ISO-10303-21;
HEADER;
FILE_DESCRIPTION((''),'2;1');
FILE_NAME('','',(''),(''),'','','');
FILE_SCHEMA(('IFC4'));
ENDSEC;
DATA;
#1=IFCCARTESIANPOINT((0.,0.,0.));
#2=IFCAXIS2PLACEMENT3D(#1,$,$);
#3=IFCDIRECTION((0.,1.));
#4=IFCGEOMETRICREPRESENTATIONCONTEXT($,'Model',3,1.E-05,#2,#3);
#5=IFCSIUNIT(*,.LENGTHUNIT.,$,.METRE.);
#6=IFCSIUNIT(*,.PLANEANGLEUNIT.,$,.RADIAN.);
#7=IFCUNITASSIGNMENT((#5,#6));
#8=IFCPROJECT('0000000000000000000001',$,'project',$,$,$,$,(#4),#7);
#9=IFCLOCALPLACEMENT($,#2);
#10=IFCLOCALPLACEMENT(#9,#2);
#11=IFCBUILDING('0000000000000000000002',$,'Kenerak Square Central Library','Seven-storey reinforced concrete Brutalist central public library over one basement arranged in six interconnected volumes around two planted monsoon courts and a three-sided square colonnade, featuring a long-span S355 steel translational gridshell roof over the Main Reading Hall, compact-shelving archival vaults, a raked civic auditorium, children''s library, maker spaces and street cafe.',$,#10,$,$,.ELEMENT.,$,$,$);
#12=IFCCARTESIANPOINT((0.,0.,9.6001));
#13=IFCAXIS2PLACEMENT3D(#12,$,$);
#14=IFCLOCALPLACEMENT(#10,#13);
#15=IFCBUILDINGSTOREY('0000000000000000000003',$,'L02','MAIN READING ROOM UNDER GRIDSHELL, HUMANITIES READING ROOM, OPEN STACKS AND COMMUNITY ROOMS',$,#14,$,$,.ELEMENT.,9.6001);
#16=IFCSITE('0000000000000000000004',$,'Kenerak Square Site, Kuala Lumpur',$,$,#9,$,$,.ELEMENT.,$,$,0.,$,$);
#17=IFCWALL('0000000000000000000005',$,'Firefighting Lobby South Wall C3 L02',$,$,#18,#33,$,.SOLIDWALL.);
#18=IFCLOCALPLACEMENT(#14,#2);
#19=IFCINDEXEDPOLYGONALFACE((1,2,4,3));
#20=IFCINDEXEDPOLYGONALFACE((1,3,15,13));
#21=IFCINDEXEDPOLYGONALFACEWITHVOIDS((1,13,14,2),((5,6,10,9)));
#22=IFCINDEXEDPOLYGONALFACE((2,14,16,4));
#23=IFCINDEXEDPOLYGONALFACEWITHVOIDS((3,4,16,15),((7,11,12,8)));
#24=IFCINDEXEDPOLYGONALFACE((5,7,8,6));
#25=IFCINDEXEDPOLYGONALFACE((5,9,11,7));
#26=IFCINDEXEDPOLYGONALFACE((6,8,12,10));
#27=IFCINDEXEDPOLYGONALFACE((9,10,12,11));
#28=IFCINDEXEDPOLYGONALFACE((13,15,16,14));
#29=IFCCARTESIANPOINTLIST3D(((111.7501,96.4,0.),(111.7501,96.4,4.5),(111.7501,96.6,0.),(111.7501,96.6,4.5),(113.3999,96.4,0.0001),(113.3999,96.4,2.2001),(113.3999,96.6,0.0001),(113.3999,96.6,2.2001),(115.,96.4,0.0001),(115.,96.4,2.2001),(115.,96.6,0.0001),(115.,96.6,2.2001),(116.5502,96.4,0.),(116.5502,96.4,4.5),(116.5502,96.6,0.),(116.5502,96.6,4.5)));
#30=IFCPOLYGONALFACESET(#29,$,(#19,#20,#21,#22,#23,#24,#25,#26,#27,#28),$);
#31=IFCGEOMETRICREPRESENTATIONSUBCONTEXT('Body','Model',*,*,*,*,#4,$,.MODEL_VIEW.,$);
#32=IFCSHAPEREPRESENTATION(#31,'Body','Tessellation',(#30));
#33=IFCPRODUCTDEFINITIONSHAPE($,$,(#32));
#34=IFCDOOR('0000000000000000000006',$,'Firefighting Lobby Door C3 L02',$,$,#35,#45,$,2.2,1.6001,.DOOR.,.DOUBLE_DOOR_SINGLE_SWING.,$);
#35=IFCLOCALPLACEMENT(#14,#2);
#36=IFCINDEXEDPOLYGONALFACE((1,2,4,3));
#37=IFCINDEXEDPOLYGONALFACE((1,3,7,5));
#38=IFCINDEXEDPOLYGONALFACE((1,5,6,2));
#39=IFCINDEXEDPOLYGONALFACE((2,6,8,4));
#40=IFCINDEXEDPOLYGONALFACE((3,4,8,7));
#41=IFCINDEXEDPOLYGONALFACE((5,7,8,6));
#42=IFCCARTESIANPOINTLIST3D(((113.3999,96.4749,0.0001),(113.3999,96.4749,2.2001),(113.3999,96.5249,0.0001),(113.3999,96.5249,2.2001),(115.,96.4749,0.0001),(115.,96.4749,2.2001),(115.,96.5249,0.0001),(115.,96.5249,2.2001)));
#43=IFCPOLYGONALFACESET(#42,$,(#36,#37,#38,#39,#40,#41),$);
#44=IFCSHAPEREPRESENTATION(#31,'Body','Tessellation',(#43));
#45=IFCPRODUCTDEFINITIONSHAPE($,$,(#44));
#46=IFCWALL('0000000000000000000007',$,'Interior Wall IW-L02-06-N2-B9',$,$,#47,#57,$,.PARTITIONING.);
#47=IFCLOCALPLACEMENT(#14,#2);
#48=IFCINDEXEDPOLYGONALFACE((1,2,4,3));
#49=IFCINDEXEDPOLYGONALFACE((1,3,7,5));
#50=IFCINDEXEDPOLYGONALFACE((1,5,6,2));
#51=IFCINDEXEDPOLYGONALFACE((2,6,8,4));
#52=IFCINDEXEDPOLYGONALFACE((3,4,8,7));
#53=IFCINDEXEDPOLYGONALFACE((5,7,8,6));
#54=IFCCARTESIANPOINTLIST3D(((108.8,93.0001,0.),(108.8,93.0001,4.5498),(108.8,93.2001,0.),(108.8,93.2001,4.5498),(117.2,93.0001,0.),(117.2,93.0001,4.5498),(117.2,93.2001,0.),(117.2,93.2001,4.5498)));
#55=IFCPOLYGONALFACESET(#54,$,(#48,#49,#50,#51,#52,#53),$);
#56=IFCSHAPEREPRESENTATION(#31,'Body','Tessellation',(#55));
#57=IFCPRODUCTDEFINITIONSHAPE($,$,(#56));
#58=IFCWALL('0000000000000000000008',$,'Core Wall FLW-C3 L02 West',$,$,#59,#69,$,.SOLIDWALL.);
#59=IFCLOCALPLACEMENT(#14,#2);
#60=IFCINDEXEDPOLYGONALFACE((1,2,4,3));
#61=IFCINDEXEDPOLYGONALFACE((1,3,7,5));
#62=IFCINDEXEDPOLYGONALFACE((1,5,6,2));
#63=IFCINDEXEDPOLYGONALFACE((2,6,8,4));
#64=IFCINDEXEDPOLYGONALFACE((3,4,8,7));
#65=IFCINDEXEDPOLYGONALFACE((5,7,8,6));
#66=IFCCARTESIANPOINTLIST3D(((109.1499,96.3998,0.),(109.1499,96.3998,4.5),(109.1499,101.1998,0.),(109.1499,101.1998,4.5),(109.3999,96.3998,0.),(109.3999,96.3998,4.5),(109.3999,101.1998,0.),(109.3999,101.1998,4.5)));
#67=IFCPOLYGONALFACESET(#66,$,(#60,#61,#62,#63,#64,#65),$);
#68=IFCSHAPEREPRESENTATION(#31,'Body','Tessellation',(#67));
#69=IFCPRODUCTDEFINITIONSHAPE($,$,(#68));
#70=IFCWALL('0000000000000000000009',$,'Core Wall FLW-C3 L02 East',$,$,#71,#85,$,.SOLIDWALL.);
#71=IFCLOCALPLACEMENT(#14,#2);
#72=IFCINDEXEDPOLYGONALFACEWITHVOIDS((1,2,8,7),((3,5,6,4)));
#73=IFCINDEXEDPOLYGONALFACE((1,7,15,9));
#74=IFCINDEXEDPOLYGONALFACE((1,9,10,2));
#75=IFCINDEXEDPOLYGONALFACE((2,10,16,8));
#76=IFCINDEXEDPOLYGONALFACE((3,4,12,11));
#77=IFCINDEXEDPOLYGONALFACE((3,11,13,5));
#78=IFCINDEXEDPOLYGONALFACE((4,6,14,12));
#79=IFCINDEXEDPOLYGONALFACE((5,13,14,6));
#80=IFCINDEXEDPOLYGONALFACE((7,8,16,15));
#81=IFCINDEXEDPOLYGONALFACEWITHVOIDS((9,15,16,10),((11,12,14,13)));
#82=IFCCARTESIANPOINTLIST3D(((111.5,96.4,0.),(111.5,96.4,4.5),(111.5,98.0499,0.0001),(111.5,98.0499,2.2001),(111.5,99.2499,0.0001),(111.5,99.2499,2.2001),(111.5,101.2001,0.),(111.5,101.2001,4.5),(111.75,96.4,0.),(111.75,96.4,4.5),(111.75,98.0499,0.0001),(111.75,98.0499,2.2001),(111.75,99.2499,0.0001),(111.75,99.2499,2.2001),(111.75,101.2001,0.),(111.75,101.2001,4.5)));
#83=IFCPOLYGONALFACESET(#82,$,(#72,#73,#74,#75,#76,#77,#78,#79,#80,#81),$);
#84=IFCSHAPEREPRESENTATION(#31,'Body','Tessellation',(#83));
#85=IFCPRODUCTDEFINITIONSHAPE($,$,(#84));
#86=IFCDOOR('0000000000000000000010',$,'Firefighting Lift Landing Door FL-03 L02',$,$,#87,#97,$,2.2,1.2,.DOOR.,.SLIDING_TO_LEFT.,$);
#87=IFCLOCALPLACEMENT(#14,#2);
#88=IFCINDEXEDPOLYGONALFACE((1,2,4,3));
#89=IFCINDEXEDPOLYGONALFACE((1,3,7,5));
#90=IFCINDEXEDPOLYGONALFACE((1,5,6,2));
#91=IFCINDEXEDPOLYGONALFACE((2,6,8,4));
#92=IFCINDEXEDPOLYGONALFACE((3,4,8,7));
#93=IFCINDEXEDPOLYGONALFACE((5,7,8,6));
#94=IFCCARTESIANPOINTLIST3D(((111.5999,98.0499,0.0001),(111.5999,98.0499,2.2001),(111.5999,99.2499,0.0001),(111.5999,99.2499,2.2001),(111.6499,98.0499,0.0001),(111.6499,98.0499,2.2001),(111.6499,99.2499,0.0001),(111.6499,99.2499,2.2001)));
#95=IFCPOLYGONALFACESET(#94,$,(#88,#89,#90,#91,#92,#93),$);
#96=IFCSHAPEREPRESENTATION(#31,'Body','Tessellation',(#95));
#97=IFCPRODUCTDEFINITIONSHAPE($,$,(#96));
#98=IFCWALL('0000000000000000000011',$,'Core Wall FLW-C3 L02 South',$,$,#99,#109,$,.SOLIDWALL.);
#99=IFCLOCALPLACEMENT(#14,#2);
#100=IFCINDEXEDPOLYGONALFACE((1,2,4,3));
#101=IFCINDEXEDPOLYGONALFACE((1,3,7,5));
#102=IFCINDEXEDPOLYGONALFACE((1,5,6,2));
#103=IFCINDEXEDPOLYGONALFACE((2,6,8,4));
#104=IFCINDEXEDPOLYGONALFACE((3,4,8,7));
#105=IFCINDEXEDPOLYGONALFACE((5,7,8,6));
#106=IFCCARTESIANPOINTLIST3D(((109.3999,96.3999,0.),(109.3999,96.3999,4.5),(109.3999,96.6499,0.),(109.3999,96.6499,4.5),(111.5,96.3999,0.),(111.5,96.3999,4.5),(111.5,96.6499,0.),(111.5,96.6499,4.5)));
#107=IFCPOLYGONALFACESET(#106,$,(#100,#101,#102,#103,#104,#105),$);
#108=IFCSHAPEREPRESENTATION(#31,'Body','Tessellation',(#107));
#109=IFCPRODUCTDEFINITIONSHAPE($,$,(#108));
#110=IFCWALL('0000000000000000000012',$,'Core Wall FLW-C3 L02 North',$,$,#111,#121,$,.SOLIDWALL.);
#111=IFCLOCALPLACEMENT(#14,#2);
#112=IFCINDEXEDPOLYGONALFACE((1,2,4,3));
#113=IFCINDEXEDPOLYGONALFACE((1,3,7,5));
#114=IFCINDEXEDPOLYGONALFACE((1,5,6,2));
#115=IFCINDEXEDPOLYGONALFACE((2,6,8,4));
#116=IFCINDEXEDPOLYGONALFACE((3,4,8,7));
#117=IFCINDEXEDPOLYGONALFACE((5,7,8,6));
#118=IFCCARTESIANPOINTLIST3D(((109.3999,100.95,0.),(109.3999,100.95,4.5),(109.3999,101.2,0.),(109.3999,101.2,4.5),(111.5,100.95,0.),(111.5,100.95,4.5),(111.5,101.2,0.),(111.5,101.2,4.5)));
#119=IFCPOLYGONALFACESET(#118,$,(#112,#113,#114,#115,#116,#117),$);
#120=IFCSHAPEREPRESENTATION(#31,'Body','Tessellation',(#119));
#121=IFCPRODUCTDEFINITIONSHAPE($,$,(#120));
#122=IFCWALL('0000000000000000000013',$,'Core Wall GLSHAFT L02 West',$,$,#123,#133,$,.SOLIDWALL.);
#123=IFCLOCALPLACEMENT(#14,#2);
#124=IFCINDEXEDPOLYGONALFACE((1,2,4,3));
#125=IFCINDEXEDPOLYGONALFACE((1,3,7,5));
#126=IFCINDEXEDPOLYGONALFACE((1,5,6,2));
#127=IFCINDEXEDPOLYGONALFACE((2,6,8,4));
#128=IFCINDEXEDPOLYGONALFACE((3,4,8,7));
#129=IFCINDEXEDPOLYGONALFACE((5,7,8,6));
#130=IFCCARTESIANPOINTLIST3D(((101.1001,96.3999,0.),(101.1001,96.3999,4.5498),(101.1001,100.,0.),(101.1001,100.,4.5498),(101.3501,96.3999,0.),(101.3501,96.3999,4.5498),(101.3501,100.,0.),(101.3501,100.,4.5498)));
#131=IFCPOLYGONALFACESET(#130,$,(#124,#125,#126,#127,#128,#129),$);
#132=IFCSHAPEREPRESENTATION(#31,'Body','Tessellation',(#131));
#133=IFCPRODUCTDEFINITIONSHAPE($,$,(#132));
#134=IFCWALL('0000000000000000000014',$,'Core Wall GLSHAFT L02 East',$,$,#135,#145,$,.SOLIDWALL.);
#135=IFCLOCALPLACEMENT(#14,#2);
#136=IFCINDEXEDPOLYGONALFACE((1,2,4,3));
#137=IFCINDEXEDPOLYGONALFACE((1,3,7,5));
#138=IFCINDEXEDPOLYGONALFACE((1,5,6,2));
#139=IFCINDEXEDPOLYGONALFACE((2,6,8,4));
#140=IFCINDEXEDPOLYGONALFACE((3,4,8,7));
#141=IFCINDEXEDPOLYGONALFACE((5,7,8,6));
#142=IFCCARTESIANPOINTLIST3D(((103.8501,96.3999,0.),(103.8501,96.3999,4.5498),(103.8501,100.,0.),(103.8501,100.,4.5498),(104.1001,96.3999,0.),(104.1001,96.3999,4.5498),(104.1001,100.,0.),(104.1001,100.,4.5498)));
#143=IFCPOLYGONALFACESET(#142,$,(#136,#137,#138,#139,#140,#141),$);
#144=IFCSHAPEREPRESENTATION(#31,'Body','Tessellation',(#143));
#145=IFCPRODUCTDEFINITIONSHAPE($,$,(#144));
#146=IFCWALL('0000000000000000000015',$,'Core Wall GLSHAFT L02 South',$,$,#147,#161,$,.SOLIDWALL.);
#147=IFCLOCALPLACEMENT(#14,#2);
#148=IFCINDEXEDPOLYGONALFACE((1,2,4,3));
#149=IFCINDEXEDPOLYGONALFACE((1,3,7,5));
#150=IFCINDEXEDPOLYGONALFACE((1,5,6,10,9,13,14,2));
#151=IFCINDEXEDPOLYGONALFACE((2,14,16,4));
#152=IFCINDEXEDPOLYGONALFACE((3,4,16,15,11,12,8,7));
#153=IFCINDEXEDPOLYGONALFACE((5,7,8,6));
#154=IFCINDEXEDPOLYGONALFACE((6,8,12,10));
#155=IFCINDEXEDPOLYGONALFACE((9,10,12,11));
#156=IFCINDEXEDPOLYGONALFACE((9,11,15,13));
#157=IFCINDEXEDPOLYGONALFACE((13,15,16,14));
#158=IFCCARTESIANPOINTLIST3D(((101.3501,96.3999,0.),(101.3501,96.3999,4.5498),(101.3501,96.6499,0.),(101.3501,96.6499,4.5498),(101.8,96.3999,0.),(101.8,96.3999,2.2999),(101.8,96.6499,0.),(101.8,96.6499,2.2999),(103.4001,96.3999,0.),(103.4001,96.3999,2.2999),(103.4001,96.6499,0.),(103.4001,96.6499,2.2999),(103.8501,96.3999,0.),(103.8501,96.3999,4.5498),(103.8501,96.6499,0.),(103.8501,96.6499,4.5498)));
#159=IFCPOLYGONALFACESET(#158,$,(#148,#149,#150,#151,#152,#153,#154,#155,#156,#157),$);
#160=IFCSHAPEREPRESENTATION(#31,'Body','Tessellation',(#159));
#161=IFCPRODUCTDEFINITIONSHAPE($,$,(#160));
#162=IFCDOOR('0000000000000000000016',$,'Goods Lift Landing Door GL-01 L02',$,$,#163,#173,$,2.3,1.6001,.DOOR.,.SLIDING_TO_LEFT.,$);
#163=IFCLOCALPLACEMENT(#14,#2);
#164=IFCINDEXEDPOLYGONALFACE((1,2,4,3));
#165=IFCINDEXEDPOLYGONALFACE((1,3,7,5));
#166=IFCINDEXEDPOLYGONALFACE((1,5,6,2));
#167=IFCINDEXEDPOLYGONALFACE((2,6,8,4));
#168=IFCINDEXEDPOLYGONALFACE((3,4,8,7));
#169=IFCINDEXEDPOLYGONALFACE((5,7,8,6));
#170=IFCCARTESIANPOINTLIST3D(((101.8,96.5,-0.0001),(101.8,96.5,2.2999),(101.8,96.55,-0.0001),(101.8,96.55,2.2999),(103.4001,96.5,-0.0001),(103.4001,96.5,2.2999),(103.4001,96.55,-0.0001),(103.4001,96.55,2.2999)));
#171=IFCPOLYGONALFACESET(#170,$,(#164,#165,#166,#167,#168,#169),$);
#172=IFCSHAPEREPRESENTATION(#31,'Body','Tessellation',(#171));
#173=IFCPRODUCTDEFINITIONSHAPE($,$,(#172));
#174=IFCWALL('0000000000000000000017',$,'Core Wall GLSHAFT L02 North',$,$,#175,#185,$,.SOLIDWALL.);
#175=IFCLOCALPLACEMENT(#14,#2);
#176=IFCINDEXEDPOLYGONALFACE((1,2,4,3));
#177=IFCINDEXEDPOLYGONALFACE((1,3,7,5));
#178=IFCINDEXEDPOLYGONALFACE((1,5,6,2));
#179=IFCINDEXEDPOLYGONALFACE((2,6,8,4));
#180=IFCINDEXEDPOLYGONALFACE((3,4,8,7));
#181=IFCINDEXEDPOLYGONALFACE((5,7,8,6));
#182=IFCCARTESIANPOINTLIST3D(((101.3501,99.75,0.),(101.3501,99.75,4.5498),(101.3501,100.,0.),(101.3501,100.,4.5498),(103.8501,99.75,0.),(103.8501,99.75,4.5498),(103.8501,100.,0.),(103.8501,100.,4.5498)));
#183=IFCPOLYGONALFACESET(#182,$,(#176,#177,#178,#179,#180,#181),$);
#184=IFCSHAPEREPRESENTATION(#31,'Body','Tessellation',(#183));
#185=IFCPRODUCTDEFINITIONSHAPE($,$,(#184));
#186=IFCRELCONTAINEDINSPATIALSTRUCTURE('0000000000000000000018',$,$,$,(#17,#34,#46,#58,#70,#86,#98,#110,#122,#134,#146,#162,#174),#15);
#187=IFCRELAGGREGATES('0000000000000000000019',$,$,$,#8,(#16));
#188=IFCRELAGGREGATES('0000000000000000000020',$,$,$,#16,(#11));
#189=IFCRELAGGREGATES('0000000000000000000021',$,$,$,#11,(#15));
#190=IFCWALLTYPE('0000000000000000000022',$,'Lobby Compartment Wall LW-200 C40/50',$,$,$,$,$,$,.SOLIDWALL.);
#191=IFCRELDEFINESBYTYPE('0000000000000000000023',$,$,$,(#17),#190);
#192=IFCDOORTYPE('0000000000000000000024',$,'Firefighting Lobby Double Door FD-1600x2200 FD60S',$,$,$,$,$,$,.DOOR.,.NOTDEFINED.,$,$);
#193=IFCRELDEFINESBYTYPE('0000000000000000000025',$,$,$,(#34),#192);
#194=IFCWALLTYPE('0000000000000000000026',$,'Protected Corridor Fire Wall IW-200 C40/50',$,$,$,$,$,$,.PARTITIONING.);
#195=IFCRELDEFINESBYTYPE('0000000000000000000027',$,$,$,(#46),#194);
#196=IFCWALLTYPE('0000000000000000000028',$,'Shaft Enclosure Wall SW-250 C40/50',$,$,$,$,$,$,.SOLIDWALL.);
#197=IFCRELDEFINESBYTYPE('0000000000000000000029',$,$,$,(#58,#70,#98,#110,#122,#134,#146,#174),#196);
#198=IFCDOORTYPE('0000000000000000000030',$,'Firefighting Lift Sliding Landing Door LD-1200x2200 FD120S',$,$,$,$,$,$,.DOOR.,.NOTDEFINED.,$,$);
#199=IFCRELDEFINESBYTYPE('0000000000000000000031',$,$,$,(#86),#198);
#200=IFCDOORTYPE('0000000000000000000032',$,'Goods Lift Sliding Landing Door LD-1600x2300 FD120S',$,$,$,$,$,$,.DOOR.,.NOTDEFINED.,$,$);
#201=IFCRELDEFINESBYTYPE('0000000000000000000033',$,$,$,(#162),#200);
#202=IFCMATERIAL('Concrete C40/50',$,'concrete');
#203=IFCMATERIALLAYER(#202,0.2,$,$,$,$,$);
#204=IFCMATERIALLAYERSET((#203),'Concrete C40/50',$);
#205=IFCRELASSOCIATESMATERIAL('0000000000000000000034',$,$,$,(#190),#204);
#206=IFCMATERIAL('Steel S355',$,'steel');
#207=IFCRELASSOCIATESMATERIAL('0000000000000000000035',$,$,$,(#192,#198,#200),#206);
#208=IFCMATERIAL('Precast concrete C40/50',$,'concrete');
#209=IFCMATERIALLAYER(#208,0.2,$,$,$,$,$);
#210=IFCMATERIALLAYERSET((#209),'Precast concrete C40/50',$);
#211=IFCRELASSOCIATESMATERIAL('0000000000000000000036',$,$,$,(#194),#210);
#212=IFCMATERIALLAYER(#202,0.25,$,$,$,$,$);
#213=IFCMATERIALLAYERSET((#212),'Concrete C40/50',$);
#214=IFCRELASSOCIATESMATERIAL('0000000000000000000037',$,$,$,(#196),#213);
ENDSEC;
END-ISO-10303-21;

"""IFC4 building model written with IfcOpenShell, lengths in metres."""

from ifc_helpers import new_model, si_unit, direction, frame, frame_2d, origin, place, context, subcontext, project, spatial, rectangle, extrude, material, layer, layer_set, type_object, element, fill, save


model = new_model("IFC4")

# Units and contexts
model_context = context("Model", 3, precision=1e-05, world=origin(), true_north=direction((0.0, 1.0)))
body_context = subcontext(model_context, "Body", "Model", "MODEL_VIEW")
ifc_project = project(units=[si_unit("LENGTHUNIT", "METRE"), si_unit("PLANEANGLEUNIT", "RADIAN")], contexts=[model_context])

# Site, building, storey
site_placement = place(None, origin())
site = spatial("IfcSite", under=ifc_project, at=site_placement, Name="Kenerak Square Site, Kuala Lumpur", CompositionType="ELEMENT", RefElevation=0.0)
building_placement = place(site_placement, origin())
building = spatial("IfcBuilding", under=site, at=building_placement, Name="Kenerak Square Central Library", Description="Seven-storey reinforced concrete Brutalist central public library over one basement arranged in six interconnected volumes around two planted monsoon courts and a three-sided square colonnade, featuring a long-span S355 steel translational gridshell roof over the Main Reading Hall, compact-shelving archival vaults, a raked civic auditorium, children's library, maker spaces and street cafe.", CompositionType="ELEMENT")
storey_placement = place(building_placement, frame((0.0, 0.0, 9.6001)))
storey = spatial("IfcBuildingStorey", under=building, at=storey_placement, Name="L02", Description="MAIN READING ROOM UNDER GRIDSHELL, HUMANITIES READING ROOM, OPEN STACKS AND COMMUNITY ROOMS", CompositionType="ELEMENT", Elevation=9.6001)

# Shared definitions
ifc_material_1 = material(Name="Concrete C40/50", Category="concrete")

# Shared definitions
ifc_material_2 = material(Name="Steel S355", Category="steel")

# Shared definitions
ifc_layer_1 = layer(ifc_material_1, 0.2)
ifc_layer_set_1 = layer_set([ifc_layer_1], Name="Concrete C40/50")
wall_type_1 = type_object("IfcWallType", Name="Lobby Compartment Wall LW-200 C40/50", PredefinedType="SOLIDWALL", material=ifc_layer_set_1)

# Wall, opening, door
wall_1_placement = place(storey_placement, frame((116.55, 96.5, 0.0), z_axis=(0.0, 0.0, 1.0), x_axis=(-1.0, 0.0, 0.0)))
wall_1 = element("IfcWall", 1, at=wall_1_placement, inside=storey, type_object=wall_type_1, Name="Firefighting Lobby South Wall C3 L02", PredefinedType="SOLIDWALL", context=body_context, shape_type="SweptSolid", body=[
    extrude(rectangle(XDim=4.8, YDim=0.2, at=frame_2d((2.3999, 0.0))), origin(), (0.0, 0.0, 1.0), 4.5),
])
opening_1_placement = place(wall_1_placement, frame((1.55, 0.0, 0.0)))
opening_1 = element("IfcOpeningElement", 2, at=opening_1_placement, cuts=wall_1, PredefinedType="OPENING", context=body_context, shape_type="SweptSolid", body=[
    extrude(rectangle(XDim=1.6001, YDim=2.2, at=frame_2d((0.8, 1.1001))), frame((0.0, 0.1099, 0.0), z_axis=(0.0, -1.0, 0.0), x_axis=(1.0, 0.0, 0.0)), (0.0, 0.0, 1.0), 0.22),
])
door_type_1 = type_object("IfcDoorType", Name="Firefighting Lobby Double Door FD-1600x2200 FD60S", OperationType="NOTDEFINED", PredefinedType="DOOR", material=ifc_material_2)
door_1_placement = place(opening_1_placement, frame((1.6001, 0.0, 0.0), z_axis=(0.0, 0.0, 1.0), x_axis=(-1.0, 0.0, 0.0)))
door_1 = element("IfcDoor", 3, at=door_1_placement, inside=storey, type_object=door_type_1, Name="Firefighting Lobby Door C3 L02", OperationType="DOUBLE_DOOR_SINGLE_SWING", OverallHeight=2.2, OverallWidth=1.6001, PredefinedType="DOOR", context=body_context, shape_type="SweptSolid", body=[
    extrude(rectangle(XDim=1.6001, YDim=2.2, at=frame_2d((0.8, 1.1001))), frame((0.0, 0.0249, 0.0), z_axis=(0.0, -1.0, 0.0), x_axis=(1.0, 0.0, 0.0)), (0.0, 0.0, 1.0), 0.05),
])
fill(opening_1, door_1)

# Walls
ifc_material_3 = material(Name="Precast concrete C40/50", Category="concrete")
ifc_layer_2 = layer(ifc_material_3, 0.2)
ifc_layer_set_2 = layer_set([ifc_layer_2], Name="Precast concrete C40/50")
wall_type_2 = type_object("IfcWallType", Name="Protected Corridor Fire Wall IW-200 C40/50", PredefinedType="PARTITIONING", material=ifc_layer_set_2)
wall_2_placement = place(storey_placement, frame((108.8, 93.1001, 0.0), z_axis=(0.0, 0.0, 1.0), x_axis=(1.0, 0.0, 0.0)))
element("IfcWall", 4, at=wall_2_placement, inside=storey, type_object=wall_type_2, Name="Interior Wall IW-L02-06-N2-B9", PredefinedType="PARTITIONING", context=body_context, shape_type="SweptSolid", body=[
    extrude(rectangle(XDim=8.3999, YDim=0.2, at=frame_2d((4.2, 0.0))), origin(), (0.0, 0.0, 1.0), 4.5498),
])
ifc_layer_3 = layer(ifc_material_1, 0.25)
ifc_layer_set_3 = layer_set([ifc_layer_3], Name="Concrete C40/50")
wall_type_3 = type_object("IfcWallType", Name="Shaft Enclosure Wall SW-250 C40/50", PredefinedType="SOLIDWALL", material=ifc_layer_set_3)
wall_3_placement = place(storey_placement, frame((109.2749, 96.3999, 0.0), z_axis=(0.0, 0.0, 1.0), x_axis=(0.0, 1.0, 0.0)))
element("IfcWall", 5, at=wall_3_placement, inside=storey, type_object=wall_type_3, Name="Core Wall FLW-C3 L02 West", PredefinedType="SOLIDWALL", context=body_context, shape_type="SweptSolid", body=[
    extrude(rectangle(XDim=4.8, YDim=0.25, at=frame_2d((2.3999, 0.0))), origin(), (0.0, 0.0, 1.0), 4.5),
])

# Wall, opening, door
wall_4_placement = place(storey_placement, frame((111.625, 101.2, 0.0), z_axis=(0.0, 0.0, 1.0), x_axis=(0.0, -1.0, 0.0)))
wall_4 = element("IfcWall", 6, at=wall_4_placement, inside=storey, type_object=wall_type_3, Name="Core Wall FLW-C3 L02 East", PredefinedType="SOLIDWALL", context=body_context, shape_type="SweptSolid", body=[
    extrude(rectangle(XDim=4.8, YDim=0.25, at=frame_2d((2.3999, 0.0))), origin(), (0.0, 0.0, 1.0), 4.5),
])
opening_2_placement = place(wall_4_placement, frame((1.95, 0.0, 0.0)))
opening_2 = element("IfcOpeningElement", 7, at=opening_2_placement, cuts=wall_4, PredefinedType="OPENING", context=body_context, shape_type="SweptSolid", body=[
    extrude(rectangle(XDim=1.2, YDim=2.2, at=frame_2d((0.6001, 1.1001))), frame((0.0, 0.135, 0.0), z_axis=(0.0, -1.0, 0.0), x_axis=(1.0, 0.0, 0.0)), (0.0, 0.0, 1.0), 0.27),
])
door_type_2 = type_object("IfcDoorType", Name="Firefighting Lift Sliding Landing Door LD-1200x2200 FD120S", OperationType="NOTDEFINED", PredefinedType="DOOR", material=ifc_material_2)
door_2_placement = place(opening_2_placement, origin())
door_2 = element("IfcDoor", 8, at=door_2_placement, inside=storey, type_object=door_type_2, Name="Firefighting Lift Landing Door FL-03 L02", OperationType="SLIDING_TO_LEFT", OverallHeight=2.2, OverallWidth=1.2, PredefinedType="DOOR", context=body_context, shape_type="SweptSolid", body=[
    extrude(rectangle(XDim=1.2, YDim=2.2, at=frame_2d((0.6001, 1.1001))), frame((0.0, 0.0249, 0.0), z_axis=(0.0, -1.0, 0.0), x_axis=(1.0, 0.0, 0.0)), (0.0, 0.0, 1.0), 0.05),
])
fill(opening_2, door_2)

# Walls
for number, where, z_axis, x_axis, name in (
    (9, (111.5, 96.5249, 0.0), (0.0, 0.0, 1.0), (-1.0, 0.0, 0.0), "Core Wall FLW-C3 L02 South"),
    (10, (109.3999, 101.075, 0.0), (0.0, 0.0, 1.0), (1.0, 0.0, 0.0), "Core Wall FLW-C3 L02 North"),
):
    element("IfcWall", number, at=place(storey_placement, frame(where, z_axis=z_axis, x_axis=x_axis)), inside=storey, type_object=wall_type_3, Name=name, PredefinedType="SOLIDWALL", context=body_context, shape_type="SweptSolid", body=[
        extrude(rectangle(XDim=2.1001, YDim=0.25, at=frame_2d((1.05, 0.0))), origin(), (0.0, 0.0, 1.0), 4.5),
    ])
for number, where, z_axis, x_axis, name in (
    (11, (101.2251, 96.3999, 0.0), (0.0, 0.0, 1.0), (0.0, 1.0, 0.0), "Core Wall GLSHAFT L02 West"),
    (12, (103.9751, 100.0, 0.0), (0.0, 0.0, 1.0), (0.0, -1.0, 0.0), "Core Wall GLSHAFT L02 East"),
):
    element("IfcWall", number, at=place(storey_placement, frame(where, z_axis=z_axis, x_axis=x_axis)), inside=storey, type_object=wall_type_3, Name=name, PredefinedType="SOLIDWALL", context=body_context, shape_type="SweptSolid", body=[
        extrude(rectangle(XDim=3.6001, YDim=0.25, at=frame_2d((1.8, 0.0))), origin(), (0.0, 0.0, 1.0), 4.5498),
    ])

# Wall, opening, door
wall_5_placement = place(storey_placement, frame((103.8501, 96.5249, 0.0), z_axis=(0.0, 0.0, 1.0), x_axis=(-1.0, 0.0, 0.0)))
wall_5 = element("IfcWall", 13, at=wall_5_placement, inside=storey, type_object=wall_type_3, Name="Core Wall GLSHAFT L02 South", PredefinedType="SOLIDWALL", context=body_context, shape_type="SweptSolid", body=[
    extrude(rectangle(XDim=2.5, YDim=0.25, at=frame_2d((1.25, 0.0))), origin(), (0.0, 0.0, 1.0), 4.5498),
])
opening_3_placement = place(wall_5_placement, frame((0.45, 0.0, 0.0)))
opening_3 = element("IfcOpeningElement", 14, at=opening_3_placement, cuts=wall_5, PredefinedType="OPENING", context=body_context, shape_type="SweptSolid", body=[
    extrude(rectangle(XDim=1.6001, YDim=2.3, at=frame_2d((0.8, 1.1499))), frame((0.0, 0.135, 0.0), z_axis=(0.0, -1.0, 0.0), x_axis=(1.0, 0.0, 0.0)), (0.0, 0.0, 1.0), 0.27),
])
door_type_3 = type_object("IfcDoorType", Name="Goods Lift Sliding Landing Door LD-1600x2300 FD120S", OperationType="NOTDEFINED", PredefinedType="DOOR", material=ifc_material_2)
door_3_placement = place(opening_3_placement, origin())
door_3 = element("IfcDoor", 15, at=door_3_placement, inside=storey, type_object=door_type_3, Name="Goods Lift Landing Door GL-01 L02", OperationType="SLIDING_TO_LEFT", OverallHeight=2.3, OverallWidth=1.6001, PredefinedType="DOOR", context=body_context, shape_type="SweptSolid", body=[
    extrude(rectangle(XDim=1.6001, YDim=2.3, at=frame_2d((0.8, 1.1499))), frame((0.0, 0.0249, 0.0), z_axis=(0.0, -1.0, 0.0), x_axis=(1.0, 0.0, 0.0)), (0.0, 0.0, 1.0), 0.05),
])
fill(opening_3, door_3)

# Wall
wall_6_placement = place(storey_placement, frame((101.3501, 99.875, 0.0), z_axis=(0.0, 0.0, 1.0), x_axis=(1.0, 0.0, 0.0)))
element("IfcWall", 16, at=wall_6_placement, inside=storey, type_object=wall_type_3, Name="Core Wall GLSHAFT L02 North", PredefinedType="SOLIDWALL", context=body_context, shape_type="SweptSolid", body=[
    extrude(rectangle(XDim=2.5, YDim=0.25, at=frame_2d((1.25, 0.0))), origin(), (0.0, 0.0, 1.0), 4.5498),
])

save(model, "model.ifc")
